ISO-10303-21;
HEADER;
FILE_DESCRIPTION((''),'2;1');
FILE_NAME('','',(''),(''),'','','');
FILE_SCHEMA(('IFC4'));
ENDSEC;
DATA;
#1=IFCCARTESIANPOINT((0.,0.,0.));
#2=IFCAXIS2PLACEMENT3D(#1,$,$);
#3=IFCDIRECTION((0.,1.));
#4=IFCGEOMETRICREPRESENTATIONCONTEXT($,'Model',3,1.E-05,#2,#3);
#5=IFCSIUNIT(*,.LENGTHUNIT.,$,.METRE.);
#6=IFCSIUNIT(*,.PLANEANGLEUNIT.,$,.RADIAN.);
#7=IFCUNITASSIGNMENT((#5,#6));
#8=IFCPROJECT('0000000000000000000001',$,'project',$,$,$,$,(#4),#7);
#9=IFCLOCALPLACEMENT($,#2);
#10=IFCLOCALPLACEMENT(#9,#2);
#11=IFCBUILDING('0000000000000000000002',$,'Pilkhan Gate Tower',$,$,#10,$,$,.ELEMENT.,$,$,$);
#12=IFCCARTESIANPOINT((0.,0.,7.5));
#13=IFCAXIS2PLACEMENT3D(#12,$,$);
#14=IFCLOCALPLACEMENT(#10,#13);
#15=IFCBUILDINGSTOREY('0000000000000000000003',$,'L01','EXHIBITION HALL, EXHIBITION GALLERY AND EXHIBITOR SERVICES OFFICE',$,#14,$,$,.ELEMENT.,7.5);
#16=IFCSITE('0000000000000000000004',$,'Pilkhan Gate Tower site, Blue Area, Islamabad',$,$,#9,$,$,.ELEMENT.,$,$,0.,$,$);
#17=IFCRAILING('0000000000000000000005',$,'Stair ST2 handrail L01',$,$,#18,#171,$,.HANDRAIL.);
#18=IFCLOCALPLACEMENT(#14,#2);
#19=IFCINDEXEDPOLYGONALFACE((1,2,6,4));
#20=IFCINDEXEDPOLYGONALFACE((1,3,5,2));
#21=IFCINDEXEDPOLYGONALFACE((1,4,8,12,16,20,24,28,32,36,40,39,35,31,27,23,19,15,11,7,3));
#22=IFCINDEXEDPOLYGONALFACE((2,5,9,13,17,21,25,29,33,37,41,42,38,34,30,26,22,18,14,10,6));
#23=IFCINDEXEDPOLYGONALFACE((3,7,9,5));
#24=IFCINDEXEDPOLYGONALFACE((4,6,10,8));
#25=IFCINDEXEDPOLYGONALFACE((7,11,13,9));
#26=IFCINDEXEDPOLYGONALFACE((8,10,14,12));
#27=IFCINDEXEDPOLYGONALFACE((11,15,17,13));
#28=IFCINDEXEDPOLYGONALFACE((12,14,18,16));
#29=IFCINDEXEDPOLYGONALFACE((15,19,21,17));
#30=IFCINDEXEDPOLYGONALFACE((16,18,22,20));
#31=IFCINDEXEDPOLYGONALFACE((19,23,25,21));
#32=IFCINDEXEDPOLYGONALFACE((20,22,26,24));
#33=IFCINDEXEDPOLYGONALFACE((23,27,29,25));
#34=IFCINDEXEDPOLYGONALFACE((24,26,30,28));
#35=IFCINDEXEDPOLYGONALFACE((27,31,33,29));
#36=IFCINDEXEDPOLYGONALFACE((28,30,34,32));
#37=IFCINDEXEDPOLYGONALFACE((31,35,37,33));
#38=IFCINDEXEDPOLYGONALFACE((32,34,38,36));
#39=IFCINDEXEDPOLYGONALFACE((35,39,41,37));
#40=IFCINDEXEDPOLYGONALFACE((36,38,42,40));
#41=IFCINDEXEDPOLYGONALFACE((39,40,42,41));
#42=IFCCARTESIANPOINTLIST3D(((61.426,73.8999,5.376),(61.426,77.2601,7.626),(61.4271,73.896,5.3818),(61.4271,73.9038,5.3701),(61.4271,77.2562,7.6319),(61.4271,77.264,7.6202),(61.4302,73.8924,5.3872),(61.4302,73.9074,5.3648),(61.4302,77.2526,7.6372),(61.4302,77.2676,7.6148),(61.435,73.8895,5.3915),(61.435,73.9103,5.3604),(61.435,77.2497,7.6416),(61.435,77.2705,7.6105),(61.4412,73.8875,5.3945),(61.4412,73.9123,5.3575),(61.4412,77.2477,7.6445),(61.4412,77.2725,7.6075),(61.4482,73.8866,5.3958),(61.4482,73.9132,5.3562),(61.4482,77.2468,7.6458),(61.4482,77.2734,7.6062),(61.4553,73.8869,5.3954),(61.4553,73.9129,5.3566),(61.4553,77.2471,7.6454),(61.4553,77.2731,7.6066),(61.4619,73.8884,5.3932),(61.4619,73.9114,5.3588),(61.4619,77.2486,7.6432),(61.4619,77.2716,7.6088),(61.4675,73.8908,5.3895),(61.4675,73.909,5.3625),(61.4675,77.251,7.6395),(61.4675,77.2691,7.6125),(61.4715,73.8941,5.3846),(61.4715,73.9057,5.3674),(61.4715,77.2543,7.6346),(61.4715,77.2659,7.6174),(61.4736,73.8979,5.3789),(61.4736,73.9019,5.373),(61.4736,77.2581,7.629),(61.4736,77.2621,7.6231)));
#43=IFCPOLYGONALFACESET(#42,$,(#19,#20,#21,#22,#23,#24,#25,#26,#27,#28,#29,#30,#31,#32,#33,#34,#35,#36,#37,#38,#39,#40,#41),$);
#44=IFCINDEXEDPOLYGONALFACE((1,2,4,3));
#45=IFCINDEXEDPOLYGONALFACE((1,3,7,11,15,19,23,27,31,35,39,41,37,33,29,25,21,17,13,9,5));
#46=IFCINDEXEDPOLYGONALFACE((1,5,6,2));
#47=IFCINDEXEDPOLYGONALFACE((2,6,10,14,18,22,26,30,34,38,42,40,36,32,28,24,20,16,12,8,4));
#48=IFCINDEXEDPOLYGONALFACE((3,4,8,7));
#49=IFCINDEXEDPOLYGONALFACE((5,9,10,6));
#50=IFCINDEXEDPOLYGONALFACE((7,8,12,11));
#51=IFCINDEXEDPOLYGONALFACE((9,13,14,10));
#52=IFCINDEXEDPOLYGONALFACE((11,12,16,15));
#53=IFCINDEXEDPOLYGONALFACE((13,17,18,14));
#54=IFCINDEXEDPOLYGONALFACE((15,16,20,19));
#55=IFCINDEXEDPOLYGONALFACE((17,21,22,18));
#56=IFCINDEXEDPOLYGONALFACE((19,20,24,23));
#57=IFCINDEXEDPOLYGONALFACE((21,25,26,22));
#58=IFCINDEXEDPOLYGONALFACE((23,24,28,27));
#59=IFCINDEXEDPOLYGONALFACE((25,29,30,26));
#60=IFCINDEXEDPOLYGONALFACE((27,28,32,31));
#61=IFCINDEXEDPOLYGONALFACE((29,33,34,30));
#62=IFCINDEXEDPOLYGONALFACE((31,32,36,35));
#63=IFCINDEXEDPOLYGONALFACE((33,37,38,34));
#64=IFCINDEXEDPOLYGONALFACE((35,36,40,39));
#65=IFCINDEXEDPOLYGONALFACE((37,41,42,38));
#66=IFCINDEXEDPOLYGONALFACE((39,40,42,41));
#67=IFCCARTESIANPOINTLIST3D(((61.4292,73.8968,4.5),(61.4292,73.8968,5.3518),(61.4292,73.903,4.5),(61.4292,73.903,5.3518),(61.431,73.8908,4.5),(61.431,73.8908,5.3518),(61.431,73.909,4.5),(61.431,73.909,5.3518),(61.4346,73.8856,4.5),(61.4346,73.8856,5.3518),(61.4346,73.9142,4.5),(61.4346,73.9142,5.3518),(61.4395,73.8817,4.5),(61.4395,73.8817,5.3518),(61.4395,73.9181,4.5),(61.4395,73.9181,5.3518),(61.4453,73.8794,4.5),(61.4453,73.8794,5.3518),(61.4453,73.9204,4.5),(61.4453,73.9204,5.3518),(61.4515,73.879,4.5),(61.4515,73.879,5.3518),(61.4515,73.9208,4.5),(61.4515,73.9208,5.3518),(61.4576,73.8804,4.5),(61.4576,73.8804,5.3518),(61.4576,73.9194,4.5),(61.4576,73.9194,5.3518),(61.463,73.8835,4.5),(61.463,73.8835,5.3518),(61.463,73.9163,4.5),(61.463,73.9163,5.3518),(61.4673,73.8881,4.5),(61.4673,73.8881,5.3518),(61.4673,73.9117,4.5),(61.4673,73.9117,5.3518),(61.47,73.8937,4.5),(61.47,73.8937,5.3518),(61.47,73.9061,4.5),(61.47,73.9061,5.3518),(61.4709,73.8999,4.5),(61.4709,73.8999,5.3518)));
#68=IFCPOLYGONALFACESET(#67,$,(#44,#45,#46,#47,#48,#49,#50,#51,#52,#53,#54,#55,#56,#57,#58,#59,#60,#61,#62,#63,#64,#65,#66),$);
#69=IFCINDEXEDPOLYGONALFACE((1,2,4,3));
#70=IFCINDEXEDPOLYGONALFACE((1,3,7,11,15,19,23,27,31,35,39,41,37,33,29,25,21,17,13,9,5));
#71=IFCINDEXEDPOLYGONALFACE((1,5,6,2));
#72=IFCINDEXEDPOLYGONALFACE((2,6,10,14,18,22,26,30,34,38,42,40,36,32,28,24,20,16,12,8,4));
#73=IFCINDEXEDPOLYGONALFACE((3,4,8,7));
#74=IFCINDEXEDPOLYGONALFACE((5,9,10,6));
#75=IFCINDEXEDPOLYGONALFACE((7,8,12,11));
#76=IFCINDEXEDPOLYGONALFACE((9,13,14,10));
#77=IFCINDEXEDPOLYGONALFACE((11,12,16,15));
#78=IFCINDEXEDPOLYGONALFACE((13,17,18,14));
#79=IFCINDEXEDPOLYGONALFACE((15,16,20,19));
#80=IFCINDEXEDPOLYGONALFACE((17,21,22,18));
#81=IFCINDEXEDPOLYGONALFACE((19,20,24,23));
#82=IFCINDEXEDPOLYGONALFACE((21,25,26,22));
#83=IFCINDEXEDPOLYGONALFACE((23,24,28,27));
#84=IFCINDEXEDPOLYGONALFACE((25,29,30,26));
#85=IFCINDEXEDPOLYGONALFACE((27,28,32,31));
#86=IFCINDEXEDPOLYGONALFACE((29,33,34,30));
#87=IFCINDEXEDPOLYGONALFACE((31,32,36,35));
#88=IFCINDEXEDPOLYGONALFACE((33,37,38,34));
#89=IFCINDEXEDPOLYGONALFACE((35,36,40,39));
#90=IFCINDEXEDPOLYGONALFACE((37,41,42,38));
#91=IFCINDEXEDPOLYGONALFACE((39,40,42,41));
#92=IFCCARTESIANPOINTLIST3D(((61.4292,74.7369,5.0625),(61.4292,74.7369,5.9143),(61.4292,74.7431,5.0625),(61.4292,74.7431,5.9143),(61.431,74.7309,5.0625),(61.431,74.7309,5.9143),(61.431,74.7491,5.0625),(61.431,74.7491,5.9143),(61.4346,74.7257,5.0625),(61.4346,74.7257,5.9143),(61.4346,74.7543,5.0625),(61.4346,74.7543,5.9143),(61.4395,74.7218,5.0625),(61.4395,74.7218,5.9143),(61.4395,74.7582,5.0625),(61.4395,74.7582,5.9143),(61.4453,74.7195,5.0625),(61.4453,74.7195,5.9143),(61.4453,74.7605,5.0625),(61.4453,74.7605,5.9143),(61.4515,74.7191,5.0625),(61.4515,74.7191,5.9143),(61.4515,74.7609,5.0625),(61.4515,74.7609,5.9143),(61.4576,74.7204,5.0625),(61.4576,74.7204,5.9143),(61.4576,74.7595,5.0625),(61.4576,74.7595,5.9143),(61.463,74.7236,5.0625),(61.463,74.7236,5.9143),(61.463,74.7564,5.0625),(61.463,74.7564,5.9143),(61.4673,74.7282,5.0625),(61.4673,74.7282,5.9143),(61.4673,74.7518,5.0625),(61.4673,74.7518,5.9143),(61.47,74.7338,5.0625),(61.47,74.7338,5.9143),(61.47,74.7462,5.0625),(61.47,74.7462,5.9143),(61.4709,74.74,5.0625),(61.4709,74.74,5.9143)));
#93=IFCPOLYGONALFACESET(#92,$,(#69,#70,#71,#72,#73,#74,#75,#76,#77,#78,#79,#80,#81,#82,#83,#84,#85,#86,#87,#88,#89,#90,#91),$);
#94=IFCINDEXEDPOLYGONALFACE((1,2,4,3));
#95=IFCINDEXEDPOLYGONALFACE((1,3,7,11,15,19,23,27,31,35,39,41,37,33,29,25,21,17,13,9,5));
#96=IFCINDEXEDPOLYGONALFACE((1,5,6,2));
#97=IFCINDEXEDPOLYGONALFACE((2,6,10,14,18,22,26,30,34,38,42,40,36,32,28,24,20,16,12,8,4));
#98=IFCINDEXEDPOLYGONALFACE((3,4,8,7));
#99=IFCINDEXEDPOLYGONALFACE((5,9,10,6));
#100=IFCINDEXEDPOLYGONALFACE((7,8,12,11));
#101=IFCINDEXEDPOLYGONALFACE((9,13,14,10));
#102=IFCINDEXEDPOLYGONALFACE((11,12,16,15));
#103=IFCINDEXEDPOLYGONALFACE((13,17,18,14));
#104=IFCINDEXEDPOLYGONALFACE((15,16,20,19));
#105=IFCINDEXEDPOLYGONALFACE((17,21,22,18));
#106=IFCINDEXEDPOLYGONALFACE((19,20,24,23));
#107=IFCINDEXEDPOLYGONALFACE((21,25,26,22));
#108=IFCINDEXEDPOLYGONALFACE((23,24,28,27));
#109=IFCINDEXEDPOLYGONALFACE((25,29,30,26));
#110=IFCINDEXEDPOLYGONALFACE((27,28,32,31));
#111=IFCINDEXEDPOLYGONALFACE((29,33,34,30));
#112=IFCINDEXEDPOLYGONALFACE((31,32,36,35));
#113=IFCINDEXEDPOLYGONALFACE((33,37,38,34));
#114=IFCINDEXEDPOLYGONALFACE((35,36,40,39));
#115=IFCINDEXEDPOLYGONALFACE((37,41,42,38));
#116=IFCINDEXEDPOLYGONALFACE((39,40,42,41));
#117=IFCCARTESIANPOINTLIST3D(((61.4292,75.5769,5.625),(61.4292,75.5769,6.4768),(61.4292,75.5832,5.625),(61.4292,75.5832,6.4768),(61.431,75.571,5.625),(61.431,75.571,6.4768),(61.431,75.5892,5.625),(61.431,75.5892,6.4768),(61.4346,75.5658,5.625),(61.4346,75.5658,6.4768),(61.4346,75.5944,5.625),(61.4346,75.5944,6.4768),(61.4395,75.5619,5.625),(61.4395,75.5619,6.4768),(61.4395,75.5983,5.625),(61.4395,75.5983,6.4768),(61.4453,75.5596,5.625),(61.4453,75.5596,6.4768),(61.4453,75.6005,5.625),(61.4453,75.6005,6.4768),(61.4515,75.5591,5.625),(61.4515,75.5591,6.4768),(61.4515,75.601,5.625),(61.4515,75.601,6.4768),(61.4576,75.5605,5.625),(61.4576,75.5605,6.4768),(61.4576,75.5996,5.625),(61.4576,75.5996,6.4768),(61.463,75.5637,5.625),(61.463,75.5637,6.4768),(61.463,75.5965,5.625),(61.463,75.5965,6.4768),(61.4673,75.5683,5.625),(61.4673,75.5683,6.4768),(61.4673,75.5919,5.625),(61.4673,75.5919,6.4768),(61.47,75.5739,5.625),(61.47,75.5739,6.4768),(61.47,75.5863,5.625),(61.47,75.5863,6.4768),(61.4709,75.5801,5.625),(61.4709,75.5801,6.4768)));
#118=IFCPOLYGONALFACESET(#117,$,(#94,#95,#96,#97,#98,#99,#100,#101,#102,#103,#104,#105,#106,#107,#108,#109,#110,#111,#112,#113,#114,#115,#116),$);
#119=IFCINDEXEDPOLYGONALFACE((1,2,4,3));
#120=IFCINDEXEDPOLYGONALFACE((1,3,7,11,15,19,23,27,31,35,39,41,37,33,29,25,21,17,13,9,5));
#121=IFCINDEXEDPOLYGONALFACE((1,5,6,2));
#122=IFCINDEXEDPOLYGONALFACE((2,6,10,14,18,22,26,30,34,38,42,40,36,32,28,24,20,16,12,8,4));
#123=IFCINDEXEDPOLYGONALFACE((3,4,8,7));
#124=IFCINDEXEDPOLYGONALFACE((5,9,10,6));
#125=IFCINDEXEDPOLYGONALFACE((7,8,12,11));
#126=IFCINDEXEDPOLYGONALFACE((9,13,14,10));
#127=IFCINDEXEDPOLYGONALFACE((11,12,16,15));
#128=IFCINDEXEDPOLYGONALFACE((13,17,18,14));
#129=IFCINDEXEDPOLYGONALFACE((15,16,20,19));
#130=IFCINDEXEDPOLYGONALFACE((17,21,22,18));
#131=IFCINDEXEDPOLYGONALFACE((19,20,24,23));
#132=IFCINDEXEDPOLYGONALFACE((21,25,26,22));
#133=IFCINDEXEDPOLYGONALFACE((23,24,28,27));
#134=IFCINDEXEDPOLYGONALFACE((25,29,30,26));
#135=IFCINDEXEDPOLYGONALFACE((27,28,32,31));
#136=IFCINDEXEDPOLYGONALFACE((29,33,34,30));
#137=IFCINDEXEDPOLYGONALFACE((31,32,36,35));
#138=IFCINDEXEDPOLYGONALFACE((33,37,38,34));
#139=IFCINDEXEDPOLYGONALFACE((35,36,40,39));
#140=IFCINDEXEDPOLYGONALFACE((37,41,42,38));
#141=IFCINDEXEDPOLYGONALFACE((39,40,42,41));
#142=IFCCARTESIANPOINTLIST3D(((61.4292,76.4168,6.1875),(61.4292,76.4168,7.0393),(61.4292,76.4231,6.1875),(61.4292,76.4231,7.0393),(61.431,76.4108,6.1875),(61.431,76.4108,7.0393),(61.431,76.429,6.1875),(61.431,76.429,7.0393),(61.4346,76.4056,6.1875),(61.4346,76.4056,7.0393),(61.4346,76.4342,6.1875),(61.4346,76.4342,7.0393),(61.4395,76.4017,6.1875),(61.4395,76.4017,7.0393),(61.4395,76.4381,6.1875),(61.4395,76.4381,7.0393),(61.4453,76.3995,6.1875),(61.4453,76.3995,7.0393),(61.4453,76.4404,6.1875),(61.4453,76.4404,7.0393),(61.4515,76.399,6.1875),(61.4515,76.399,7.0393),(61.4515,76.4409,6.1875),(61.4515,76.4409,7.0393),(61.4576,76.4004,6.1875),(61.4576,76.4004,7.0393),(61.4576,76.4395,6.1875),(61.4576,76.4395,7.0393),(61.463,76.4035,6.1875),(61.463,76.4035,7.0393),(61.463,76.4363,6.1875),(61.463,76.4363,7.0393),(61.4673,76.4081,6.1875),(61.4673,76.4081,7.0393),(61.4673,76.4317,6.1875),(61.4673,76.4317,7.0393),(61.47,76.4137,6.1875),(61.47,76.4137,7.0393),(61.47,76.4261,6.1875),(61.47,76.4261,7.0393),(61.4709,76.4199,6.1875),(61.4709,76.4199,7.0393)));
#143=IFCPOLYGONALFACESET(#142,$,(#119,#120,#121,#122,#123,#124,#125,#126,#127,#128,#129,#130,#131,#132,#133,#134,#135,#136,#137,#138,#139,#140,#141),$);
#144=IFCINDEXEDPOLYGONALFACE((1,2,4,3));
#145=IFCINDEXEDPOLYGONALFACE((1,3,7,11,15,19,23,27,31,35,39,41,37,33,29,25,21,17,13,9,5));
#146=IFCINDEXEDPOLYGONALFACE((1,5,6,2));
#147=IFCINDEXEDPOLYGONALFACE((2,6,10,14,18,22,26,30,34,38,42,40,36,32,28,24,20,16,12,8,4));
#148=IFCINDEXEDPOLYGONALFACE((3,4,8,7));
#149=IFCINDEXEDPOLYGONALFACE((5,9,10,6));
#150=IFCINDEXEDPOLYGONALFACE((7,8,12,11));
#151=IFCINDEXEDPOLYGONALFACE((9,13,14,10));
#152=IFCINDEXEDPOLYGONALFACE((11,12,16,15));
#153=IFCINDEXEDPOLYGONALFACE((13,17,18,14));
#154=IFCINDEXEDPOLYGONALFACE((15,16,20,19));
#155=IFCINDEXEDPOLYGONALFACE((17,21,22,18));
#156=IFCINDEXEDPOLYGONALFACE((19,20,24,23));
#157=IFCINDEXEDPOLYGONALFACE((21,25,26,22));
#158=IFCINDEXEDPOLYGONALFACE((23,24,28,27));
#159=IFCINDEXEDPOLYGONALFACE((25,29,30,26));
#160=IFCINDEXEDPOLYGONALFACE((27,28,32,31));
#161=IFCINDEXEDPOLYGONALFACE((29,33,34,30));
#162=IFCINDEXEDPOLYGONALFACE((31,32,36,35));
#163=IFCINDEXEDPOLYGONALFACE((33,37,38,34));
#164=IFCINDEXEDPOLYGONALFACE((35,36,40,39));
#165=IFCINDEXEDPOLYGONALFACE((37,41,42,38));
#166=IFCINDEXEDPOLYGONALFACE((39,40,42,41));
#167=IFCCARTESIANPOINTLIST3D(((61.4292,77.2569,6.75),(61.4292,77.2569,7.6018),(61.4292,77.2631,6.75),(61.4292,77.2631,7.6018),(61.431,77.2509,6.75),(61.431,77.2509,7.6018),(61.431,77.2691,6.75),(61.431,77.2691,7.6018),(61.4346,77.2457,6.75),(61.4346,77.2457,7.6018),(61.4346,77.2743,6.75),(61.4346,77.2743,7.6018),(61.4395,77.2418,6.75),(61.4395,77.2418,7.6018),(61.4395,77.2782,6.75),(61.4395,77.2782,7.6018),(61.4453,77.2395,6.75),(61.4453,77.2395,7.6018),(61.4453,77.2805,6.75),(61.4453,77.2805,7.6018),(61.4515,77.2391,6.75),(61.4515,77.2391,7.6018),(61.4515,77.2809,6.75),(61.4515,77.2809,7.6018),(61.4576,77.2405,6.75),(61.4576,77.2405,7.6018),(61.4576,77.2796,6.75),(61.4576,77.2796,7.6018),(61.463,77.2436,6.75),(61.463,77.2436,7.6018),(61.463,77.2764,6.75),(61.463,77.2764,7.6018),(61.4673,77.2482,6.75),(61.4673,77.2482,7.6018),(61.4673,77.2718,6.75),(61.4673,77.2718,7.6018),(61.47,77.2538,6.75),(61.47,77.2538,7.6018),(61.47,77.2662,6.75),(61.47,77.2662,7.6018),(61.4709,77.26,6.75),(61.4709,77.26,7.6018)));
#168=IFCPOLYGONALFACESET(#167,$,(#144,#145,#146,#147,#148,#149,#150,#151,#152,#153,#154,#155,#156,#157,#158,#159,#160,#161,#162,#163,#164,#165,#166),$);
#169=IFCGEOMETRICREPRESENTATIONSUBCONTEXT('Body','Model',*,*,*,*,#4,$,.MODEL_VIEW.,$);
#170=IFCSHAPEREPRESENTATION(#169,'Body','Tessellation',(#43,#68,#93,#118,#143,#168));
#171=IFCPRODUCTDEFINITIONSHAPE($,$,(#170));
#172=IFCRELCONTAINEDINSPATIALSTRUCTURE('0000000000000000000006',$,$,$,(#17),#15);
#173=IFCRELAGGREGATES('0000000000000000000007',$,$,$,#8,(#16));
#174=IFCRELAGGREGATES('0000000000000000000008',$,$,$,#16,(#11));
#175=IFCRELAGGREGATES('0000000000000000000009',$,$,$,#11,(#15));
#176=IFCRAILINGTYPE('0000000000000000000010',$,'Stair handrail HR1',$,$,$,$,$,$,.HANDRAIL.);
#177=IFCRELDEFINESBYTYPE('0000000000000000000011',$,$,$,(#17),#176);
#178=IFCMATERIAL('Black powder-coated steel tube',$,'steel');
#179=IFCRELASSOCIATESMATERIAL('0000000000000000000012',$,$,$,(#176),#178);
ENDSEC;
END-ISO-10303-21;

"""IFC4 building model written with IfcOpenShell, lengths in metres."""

from ifc_helpers import new_model, si_unit, direction, frame, origin, origin_2d, place, context, subcontext, project, spatial, circle, extrude, material, type_object, element, save


model = new_model("IFC4")

# Units and contexts
model_context = context("Model", 3, precision=1e-05, world=origin(), true_north=direction((0.0, 1.0)))
body_context = subcontext(model_context, "Body", "Model", "MODEL_VIEW")
ifc_project = project(units=[si_unit("LENGTHUNIT", "METRE"), si_unit("PLANEANGLEUNIT", "RADIAN")], contexts=[model_context])

# Site, building, storey
site_placement = place(None, origin())
site = spatial("IfcSite", under=ifc_project, at=site_placement, Name="Pilkhan Gate Tower site, Blue Area, Islamabad", CompositionType="ELEMENT", RefElevation=0.0)
building_placement = place(site_placement, origin())
building = spatial("IfcBuilding", under=site, at=building_placement, Name="Pilkhan Gate Tower", CompositionType="ELEMENT")
storey_placement = place(building_placement, frame((0.0, 0.0, 7.5)))
storey = spatial("IfcBuildingStorey", under=building, at=storey_placement, Name="L01", Description="EXHIBITION HALL, EXHIBITION GALLERY AND EXHIBITOR SERVICES OFFICE", CompositionType="ELEMENT", Elevation=7.5)

# Railing
ifc_material_1 = material(Name="Black powder-coated steel tube", Category="steel")
railing_type_1 = type_object("IfcRailingType", Name="Stair handrail HR1", PredefinedType="HANDRAIL", material=ifc_material_1)
for number, where, name in (
    (1, (61.45, 73.8999, 4.5), "Stair ST2 handrail L01"),
):
    element("IfcRailing", number, at=place(storey_placement, frame(where)), inside=storey, type_object=railing_type_1, Name=name, PredefinedType="HANDRAIL", context=body_context, shape_type="SweptSolid", body=[
        extrude(circle(Radius=0.0239, at=origin_2d()), frame((0.0, 0.0, 0.876), z_axis=(0.0, 0.830915, 0.556399), x_axis=(-1.0, 0.0, 0.0)), (0.0, 0.0, 1.0), 4.0439),
        extrude(circle(Radius=0.021, at=origin_2d()), origin(), (0.0, 0.0, 1.0), 0.8518),
        extrude(circle(Radius=0.021, at=origin_2d()), frame((0.0, 0.8401, 0.5625)), (0.0, 0.0, 1.0), 0.8518),
        extrude(circle(Radius=0.021, at=origin_2d()), frame((0.0, 1.6802, 1.125)), (0.0, 0.0, 1.0), 0.8518),
        extrude(circle(Radius=0.021, at=origin_2d()), frame((0.0, 2.52, 1.6875)), (0.0, 0.0, 1.0), 0.8518),
        extrude(circle(Radius=0.021, at=origin_2d()), frame((0.0, 3.3601, 2.25)), (0.0, 0.0, 1.0), 0.8518),
    ])

save(model, "model.ifc")
